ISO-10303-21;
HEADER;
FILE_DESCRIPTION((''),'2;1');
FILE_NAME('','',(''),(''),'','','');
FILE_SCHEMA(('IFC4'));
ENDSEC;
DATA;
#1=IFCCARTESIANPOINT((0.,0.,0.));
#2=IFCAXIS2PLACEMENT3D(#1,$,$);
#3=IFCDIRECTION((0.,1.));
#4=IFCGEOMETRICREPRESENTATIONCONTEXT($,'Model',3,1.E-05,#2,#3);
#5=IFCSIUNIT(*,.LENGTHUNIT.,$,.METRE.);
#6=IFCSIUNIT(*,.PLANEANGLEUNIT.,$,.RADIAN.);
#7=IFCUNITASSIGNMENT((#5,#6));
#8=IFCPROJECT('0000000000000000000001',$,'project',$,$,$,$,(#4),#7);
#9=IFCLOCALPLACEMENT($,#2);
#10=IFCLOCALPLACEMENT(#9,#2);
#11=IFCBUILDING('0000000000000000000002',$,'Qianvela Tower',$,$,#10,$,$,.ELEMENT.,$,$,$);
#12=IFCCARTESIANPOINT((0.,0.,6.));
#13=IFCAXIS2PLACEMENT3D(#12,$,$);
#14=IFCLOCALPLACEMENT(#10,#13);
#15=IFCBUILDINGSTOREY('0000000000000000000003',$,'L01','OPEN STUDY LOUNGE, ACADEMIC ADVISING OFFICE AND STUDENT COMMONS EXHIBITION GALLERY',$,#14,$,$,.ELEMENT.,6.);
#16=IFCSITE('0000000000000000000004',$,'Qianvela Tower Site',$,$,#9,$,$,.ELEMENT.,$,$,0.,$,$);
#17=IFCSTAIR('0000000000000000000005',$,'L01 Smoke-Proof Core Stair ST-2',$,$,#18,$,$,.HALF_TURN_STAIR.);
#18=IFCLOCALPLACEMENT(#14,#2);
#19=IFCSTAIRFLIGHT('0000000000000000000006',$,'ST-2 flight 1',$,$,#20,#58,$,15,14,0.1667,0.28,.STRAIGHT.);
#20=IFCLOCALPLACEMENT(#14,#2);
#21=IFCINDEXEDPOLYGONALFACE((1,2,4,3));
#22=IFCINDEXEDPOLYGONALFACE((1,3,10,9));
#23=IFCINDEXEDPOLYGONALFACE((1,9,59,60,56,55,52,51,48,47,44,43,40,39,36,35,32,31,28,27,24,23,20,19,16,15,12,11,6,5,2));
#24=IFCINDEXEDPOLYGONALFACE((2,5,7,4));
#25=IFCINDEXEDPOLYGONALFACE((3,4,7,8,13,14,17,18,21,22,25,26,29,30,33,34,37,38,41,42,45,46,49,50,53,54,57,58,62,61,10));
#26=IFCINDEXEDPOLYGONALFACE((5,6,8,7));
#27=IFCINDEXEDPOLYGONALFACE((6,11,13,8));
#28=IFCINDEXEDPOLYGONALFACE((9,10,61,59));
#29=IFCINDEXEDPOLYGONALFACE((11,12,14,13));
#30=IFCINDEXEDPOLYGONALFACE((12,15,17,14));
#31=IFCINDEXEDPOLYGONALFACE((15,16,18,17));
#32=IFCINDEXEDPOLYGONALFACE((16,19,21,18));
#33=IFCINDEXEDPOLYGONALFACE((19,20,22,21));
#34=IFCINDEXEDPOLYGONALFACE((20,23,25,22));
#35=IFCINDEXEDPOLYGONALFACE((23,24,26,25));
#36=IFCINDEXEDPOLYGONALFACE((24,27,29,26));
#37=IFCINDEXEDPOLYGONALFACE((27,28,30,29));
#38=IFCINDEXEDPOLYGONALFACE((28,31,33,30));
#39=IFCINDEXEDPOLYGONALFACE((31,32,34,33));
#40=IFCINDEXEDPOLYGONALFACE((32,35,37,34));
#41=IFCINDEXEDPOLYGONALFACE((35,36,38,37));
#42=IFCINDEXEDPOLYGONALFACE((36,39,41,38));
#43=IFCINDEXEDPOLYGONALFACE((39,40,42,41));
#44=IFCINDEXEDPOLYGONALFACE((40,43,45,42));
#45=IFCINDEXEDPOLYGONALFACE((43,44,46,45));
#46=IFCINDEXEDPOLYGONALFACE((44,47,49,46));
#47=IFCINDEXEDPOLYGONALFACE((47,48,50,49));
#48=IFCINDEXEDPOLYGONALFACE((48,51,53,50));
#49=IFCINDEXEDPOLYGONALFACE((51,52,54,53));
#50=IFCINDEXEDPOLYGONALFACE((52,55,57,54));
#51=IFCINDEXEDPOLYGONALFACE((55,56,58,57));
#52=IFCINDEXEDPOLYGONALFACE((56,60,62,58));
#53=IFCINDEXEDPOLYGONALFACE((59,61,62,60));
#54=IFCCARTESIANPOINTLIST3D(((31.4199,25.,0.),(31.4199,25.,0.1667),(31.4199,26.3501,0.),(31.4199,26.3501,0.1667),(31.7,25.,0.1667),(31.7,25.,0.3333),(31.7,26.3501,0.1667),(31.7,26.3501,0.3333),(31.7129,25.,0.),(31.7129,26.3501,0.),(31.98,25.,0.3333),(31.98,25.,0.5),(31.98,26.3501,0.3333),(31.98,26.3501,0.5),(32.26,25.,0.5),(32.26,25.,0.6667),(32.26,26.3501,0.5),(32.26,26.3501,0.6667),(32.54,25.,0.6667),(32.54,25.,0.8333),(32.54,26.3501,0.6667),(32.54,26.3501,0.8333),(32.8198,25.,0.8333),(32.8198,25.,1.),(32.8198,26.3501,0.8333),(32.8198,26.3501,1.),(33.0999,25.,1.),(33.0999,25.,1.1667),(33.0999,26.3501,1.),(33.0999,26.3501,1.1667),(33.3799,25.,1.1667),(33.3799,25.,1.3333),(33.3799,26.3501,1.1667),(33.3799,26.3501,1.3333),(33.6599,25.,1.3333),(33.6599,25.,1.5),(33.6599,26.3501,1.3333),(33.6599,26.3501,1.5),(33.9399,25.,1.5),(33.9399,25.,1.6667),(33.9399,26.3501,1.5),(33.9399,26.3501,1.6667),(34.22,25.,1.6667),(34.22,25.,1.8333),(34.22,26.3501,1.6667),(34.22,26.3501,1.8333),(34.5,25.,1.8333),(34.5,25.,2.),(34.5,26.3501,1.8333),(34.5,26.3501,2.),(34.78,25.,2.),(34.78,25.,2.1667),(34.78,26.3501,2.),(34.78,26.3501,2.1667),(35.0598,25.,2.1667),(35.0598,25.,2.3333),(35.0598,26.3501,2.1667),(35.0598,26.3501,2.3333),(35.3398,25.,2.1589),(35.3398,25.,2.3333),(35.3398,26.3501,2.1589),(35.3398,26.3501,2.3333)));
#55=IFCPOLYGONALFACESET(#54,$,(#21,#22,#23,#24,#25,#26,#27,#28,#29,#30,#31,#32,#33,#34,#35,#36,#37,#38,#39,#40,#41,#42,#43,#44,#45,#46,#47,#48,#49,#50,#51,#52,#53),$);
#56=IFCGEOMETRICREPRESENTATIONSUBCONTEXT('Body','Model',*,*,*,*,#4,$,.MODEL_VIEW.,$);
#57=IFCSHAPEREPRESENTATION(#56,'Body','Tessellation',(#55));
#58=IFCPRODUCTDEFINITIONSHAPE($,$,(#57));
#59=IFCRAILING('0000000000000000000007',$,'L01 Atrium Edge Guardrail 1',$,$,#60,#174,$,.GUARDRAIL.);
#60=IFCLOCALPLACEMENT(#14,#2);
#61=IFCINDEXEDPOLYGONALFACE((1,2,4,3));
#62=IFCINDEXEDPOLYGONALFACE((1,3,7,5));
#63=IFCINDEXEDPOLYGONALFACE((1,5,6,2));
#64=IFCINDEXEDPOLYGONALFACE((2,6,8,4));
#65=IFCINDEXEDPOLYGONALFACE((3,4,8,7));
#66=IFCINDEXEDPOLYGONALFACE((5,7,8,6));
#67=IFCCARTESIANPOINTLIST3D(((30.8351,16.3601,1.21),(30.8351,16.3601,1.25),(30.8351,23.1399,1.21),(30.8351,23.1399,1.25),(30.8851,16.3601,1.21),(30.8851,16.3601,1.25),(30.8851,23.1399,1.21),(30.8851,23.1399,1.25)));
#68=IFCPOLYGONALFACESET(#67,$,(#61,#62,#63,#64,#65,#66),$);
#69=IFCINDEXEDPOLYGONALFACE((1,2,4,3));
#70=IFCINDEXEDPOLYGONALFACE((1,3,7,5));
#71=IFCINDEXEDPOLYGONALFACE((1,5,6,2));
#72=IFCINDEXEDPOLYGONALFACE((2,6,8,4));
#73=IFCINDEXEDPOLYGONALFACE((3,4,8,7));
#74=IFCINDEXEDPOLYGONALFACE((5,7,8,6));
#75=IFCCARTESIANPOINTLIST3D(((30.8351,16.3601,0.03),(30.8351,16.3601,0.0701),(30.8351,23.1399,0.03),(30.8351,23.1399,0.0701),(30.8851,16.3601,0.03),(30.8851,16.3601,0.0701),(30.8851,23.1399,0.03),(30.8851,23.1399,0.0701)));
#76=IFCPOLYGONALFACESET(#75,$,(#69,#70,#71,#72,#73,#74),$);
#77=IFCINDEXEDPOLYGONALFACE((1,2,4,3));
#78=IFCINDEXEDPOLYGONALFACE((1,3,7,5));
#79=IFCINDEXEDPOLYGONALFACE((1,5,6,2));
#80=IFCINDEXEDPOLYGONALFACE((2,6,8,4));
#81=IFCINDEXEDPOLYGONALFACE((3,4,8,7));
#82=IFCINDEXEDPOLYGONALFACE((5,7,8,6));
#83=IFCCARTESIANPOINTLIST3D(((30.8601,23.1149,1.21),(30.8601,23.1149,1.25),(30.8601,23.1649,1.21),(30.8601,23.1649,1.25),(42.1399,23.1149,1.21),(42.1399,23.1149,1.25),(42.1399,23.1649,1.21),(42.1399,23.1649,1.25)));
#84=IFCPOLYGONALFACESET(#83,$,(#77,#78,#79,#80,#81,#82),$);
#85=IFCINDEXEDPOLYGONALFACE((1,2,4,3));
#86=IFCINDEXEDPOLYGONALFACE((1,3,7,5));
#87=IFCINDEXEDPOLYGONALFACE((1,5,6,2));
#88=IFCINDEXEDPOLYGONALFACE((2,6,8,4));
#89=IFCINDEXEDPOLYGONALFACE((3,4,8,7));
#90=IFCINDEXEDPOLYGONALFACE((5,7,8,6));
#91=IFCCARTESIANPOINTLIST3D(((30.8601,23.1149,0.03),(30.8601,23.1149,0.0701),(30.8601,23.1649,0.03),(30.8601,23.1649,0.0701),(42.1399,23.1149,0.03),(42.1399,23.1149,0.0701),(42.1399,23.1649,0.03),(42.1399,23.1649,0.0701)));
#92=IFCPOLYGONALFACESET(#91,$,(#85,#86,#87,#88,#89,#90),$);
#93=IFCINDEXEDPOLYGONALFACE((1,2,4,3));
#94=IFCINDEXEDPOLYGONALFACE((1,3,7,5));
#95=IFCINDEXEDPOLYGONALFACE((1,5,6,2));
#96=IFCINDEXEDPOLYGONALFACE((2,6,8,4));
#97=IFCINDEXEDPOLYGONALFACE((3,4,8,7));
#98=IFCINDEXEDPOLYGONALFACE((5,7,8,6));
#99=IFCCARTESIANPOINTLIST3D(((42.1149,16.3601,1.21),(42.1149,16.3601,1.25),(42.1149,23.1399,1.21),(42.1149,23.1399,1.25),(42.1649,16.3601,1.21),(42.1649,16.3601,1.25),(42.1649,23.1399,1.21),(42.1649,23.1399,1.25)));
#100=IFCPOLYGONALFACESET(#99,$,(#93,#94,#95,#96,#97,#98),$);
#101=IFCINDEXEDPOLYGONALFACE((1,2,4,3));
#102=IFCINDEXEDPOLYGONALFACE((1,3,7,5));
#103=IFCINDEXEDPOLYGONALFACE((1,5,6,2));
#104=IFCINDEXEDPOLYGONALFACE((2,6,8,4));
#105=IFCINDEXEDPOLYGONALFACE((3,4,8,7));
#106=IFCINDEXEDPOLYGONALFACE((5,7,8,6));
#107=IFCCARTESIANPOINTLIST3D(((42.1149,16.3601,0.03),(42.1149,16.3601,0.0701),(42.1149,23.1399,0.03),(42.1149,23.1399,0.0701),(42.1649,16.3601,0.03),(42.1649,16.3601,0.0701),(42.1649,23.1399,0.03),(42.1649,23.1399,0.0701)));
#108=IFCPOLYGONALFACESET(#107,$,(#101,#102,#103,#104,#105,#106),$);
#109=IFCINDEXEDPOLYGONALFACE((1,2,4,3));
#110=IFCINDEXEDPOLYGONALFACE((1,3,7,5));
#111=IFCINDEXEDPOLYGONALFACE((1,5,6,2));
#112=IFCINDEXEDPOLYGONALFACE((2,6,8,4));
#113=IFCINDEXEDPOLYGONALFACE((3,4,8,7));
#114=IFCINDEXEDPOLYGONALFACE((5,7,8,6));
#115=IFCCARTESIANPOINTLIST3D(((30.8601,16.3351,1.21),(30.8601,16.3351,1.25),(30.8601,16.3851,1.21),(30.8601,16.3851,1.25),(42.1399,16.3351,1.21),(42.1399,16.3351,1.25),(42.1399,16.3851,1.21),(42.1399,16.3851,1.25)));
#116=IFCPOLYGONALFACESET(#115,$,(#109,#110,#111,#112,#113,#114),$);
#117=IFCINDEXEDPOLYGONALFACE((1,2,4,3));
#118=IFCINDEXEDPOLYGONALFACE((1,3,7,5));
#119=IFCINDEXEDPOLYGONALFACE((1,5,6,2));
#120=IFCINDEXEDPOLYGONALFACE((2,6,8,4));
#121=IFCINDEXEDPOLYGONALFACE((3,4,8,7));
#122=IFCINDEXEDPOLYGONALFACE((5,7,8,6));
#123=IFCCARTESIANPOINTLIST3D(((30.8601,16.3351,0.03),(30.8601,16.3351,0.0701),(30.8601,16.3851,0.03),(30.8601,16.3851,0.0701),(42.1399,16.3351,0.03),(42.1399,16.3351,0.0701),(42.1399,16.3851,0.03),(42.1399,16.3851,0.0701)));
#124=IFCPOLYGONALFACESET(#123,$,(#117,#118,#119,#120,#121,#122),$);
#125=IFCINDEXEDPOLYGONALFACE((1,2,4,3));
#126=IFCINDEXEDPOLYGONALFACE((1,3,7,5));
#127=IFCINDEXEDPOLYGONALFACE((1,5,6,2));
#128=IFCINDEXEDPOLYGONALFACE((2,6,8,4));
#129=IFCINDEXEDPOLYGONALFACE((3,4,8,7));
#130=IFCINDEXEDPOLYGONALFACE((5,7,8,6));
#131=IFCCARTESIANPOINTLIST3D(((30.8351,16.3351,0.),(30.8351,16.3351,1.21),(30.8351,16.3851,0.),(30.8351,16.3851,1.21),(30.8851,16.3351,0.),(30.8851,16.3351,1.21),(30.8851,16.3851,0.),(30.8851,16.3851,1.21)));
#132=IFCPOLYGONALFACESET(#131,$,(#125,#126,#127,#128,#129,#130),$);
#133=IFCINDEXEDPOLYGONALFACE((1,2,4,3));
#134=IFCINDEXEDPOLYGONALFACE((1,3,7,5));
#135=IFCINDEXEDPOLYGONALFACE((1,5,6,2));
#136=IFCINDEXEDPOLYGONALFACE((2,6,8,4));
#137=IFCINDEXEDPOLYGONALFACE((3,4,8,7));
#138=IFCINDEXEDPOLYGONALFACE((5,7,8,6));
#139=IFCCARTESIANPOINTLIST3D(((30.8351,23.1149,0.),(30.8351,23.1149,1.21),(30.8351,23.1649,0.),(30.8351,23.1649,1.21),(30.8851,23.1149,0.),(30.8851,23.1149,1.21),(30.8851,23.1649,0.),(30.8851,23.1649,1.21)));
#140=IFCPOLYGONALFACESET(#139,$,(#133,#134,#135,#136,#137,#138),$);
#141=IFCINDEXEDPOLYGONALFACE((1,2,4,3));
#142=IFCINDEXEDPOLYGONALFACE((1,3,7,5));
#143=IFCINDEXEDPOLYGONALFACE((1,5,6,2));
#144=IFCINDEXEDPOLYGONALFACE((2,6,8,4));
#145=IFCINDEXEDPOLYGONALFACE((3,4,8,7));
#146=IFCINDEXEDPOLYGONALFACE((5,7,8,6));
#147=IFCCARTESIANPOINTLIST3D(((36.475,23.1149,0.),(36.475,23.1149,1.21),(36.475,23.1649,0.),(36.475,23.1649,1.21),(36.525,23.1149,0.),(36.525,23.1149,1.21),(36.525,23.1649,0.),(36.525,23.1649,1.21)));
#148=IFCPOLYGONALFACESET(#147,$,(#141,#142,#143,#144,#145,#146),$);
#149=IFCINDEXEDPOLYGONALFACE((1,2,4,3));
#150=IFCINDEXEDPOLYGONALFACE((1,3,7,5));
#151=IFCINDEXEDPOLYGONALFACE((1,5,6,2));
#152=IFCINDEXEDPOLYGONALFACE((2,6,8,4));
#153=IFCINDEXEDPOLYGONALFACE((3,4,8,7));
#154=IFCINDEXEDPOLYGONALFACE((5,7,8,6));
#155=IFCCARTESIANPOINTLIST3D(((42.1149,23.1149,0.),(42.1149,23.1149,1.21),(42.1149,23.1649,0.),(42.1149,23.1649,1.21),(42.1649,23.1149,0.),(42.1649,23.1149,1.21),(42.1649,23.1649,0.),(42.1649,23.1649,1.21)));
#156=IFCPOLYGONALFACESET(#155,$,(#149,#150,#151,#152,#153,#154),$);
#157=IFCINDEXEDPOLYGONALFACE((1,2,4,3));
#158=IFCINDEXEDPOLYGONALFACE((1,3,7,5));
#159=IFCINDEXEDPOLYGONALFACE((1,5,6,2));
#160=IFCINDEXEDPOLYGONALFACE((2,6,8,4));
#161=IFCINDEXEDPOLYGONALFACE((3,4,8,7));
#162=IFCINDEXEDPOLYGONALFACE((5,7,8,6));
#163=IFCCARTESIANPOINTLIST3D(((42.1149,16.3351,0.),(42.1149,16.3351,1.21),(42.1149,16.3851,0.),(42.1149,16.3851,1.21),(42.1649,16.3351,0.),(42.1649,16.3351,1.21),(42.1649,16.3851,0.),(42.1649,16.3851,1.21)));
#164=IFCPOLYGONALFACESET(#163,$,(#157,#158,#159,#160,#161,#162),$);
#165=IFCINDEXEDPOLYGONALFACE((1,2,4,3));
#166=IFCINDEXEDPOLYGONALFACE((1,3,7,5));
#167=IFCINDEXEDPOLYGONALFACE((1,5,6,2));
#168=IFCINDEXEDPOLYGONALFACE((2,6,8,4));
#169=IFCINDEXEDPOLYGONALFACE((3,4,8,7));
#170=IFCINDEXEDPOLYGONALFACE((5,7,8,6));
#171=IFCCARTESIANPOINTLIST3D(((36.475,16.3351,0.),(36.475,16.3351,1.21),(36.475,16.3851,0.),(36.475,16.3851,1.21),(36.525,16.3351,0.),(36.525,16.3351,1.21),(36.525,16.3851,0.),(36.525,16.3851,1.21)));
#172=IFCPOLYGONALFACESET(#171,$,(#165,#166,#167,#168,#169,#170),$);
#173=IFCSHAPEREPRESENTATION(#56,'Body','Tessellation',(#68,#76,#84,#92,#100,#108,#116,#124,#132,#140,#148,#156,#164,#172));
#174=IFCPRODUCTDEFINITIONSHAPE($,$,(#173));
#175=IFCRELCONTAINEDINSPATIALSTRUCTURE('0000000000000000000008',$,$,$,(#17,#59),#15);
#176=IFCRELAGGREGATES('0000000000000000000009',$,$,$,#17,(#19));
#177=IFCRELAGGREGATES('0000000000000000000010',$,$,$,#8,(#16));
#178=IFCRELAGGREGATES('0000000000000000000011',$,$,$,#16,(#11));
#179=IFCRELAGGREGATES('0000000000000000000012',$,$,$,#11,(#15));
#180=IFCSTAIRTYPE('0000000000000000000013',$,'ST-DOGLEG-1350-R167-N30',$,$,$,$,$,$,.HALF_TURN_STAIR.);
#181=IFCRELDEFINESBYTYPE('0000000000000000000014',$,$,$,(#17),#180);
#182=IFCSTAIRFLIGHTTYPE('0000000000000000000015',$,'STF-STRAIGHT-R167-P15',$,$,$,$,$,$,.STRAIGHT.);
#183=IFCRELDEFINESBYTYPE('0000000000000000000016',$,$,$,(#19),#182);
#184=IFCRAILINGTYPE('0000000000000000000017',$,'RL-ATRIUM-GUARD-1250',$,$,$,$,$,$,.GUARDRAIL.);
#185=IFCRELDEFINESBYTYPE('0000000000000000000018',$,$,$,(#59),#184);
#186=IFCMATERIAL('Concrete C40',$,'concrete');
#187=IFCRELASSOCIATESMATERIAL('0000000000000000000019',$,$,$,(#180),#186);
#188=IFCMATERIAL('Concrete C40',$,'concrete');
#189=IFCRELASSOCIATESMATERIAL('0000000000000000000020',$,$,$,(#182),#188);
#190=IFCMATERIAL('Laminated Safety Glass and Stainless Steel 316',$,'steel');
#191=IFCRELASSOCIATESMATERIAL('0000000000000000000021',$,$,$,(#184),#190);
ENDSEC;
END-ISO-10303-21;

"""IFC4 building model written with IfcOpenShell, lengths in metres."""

from ifc_helpers import new_model, si_unit, direction, frame, origin, origin_2d, place, context, subcontext, project, spatial, polyline, rectangle, outline, extrude, material, type_object, element, aggregate, save


model = new_model("IFC4")

# Units and contexts
model_context = context("Model", 3, precision=1e-05, world=origin(), true_north=direction((0.0, 1.0)))
body_context = subcontext(model_context, "Body", "Model", "MODEL_VIEW")
ifc_project = project(units=[si_unit("LENGTHUNIT", "METRE"), si_unit("PLANEANGLEUNIT", "RADIAN")], contexts=[model_context])

# Site, building, storey
site_placement = place(None, origin())
site = spatial("IfcSite", under=ifc_project, at=site_placement, Name="Qianvela Tower Site", CompositionType="ELEMENT", RefElevation=0.0)
building_placement = place(site_placement, origin())
building = spatial("IfcBuilding", under=site, at=building_placement, Name="Qianvela Tower", CompositionType="ELEMENT")
storey_placement = place(building_placement, frame((0.0, 0.0, 6.0)))
storey = spatial("IfcBuildingStorey", under=building, at=storey_placement, Name="L01", Description="OPEN STUDY LOUNGE, ACADEMIC ADVISING OFFICE AND STUDENT COMMONS EXHIBITION GALLERY", CompositionType="ELEMENT", Elevation=6.0)

# Stair, stair flight
ifc_material_1 = material(Name="Concrete C40", Category="concrete")
stair_type = type_object("IfcStairType", Name="ST-DOGLEG-1350-R167-N30", PredefinedType="HALF_TURN_STAIR", material=ifc_material_1)
stair_placement = place(storey_placement, origin())
stair = element("IfcStair", 1, at=stair_placement, inside=storey, type_object=stair_type, Name="L01 Smoke-Proof Core Stair ST-2", PredefinedType="HALF_TURN_STAIR")
ifc_material_2 = material(Name="Concrete C40", Category="concrete")
stair_flight_type = type_object("IfcStairFlightType", Name="STF-STRAIGHT-R167-P15", PredefinedType="STRAIGHT", material=ifc_material_2)
stair_flight_placement = place(storey_placement, frame((31.4199, 25.675, 0.0), z_axis=(0.0, 0.0, 1.0), x_axis=(1.0, 0.0, 0.0)))
stair_flight = element("IfcStairFlight", 2, at=stair_flight_placement, type_object=stair_flight_type, Name="ST-2 flight 1", NumberOfRisers=15, NumberOfTreads=14, PredefinedType="STRAIGHT", RiserHeight=0.1667, TreadLength=0.28, context=body_context, shape_type="SweptSolid", body=[
    extrude(outline(polyline([(0.0, 0.0), (0.0, 0.1667), (0.28, 0.1667), (0.28, 0.3333), (0.5601, 0.3333), (0.5601, 0.5), (0.8401, 0.5), (0.8401, 0.6667), (1.1201, 0.6667), (1.1201, 0.8333), (1.3999, 0.8333), (1.3999, 1.0), (1.6799, 1.0), (1.6799, 1.1667), (1.96, 1.1667), (1.96, 1.3333), (2.24, 1.3333), (2.24, 1.5), (2.52, 1.5), (2.52, 1.6667), (2.8, 1.6667), (2.8, 1.8333), (3.0801, 1.8333), (3.0801, 2.0), (3.3601, 2.0), (3.3601, 2.1667), (3.6399, 2.1667), (3.6399, 2.3333), (3.9199, 2.3333), (3.9199, 2.5), (3.9199, 2.1589), (0.293, 0.0), (0.0, 0.0)])), frame((0.0, 0.675, 0.0), z_axis=(0.0, -1.0, 0.0), x_axis=(1.0, 0.0, 0.0)), (0.0, 0.0, 1.0), 1.3501),
])
aggregate(stair, [stair_flight])

# Railing
ifc_material_3 = material(Name="Laminated Safety Glass and Stainless Steel 316", Category="steel")
railing_type_1 = type_object("IfcRailingType", Name="RL-ATRIUM-GUARD-1250", PredefinedType="GUARDRAIL", material=ifc_material_3)
railing_1_placement = place(storey_placement, frame((30.8601, 16.3601, 0.0)))
element("IfcRailing", 3, at=railing_1_placement, inside=storey, type_object=railing_type_1, Name="L01 Atrium Edge Guardrail 1", PredefinedType="GUARDRAIL", context=body_context, shape_type="SweptSolid", body=[
    extrude(rectangle(XDim=0.05, YDim=0.04, at=origin_2d()), frame((0.0, 0.0, 1.23), z_axis=(0.0, 1.0, 0.0), x_axis=(-1.0, 0.0, 0.0)), (0.0, 0.0, 1.0), 6.7798),
    extrude(rectangle(XDim=0.05, YDim=0.04, at=origin_2d()), frame((0.0, 0.0, 0.05), z_axis=(0.0, 1.0, 0.0), x_axis=(-1.0, 0.0, 0.0)), (0.0, 0.0, 1.0), 6.7798),
    extrude(rectangle(XDim=0.05, YDim=0.04, at=origin_2d()), frame((0.0, 6.7798, 1.23), z_axis=(1.0, 0.0, 0.0), x_axis=(0.0, 1.0, 0.0)), (0.0, 0.0, 1.0), 11.2798),
    extrude(rectangle(XDim=0.05, YDim=0.04, at=origin_2d()), frame((0.0, 6.7798, 0.05), z_axis=(1.0, 0.0, 0.0), x_axis=(0.0, 1.0, 0.0)), (0.0, 0.0, 1.0), 11.2798),
    extrude(rectangle(XDim=0.05, YDim=0.04, at=origin_2d()), frame((11.2798, 6.7798, 1.23), z_axis=(0.0, -1.0, 0.0), x_axis=(1.0, 0.0, 0.0)), (0.0, 0.0, 1.0), 6.7798),
    extrude(rectangle(XDim=0.05, YDim=0.04, at=origin_2d()), frame((11.2798, 6.7798, 0.05), z_axis=(0.0, -1.0, 0.0), x_axis=(1.0, 0.0, 0.0)), (0.0, 0.0, 1.0), 6.7798),
    extrude(rectangle(XDim=0.05, YDim=0.04, at=origin_2d()), frame((11.2798, 0.0, 1.23), z_axis=(-1.0, 0.0, 0.0), x_axis=(0.0, -1.0, 0.0)), (0.0, 0.0, 1.0), 11.2798),
    extrude(rectangle(XDim=0.05, YDim=0.04, at=origin_2d()), frame((11.2798, 0.0, 0.05), z_axis=(-1.0, 0.0, 0.0), x_axis=(0.0, -1.0, 0.0)), (0.0, 0.0, 1.0), 11.2798),
    extrude(rectangle(XDim=0.05, YDim=0.05, at=origin_2d()), origin(), (0.0, 0.0, 1.0), 1.21),
    extrude(rectangle(XDim=0.05, YDim=0.05, at=origin_2d()), frame((0.0, 6.7798, 0.0)), (0.0, 0.0, 1.0), 1.21),
    extrude(rectangle(XDim=0.05, YDim=0.05, at=origin_2d()), frame((5.6399, 6.7798, 0.0)), (0.0, 0.0, 1.0), 1.21),
    extrude(rectangle(XDim=0.05, YDim=0.05, at=origin_2d()), frame((11.2798, 6.7798, 0.0)), (0.0, 0.0, 1.0), 1.21),
    extrude(rectangle(XDim=0.05, YDim=0.05, at=origin_2d()), frame((11.2798, 0.0, 0.0)), (0.0, 0.0, 1.0), 1.21),
    extrude(rectangle(XDim=0.05, YDim=0.05, at=origin_2d()), frame((5.6399, 0.0, 0.0)), (0.0, 0.0, 1.0), 1.21),
])

save(model, "model.ifc")
